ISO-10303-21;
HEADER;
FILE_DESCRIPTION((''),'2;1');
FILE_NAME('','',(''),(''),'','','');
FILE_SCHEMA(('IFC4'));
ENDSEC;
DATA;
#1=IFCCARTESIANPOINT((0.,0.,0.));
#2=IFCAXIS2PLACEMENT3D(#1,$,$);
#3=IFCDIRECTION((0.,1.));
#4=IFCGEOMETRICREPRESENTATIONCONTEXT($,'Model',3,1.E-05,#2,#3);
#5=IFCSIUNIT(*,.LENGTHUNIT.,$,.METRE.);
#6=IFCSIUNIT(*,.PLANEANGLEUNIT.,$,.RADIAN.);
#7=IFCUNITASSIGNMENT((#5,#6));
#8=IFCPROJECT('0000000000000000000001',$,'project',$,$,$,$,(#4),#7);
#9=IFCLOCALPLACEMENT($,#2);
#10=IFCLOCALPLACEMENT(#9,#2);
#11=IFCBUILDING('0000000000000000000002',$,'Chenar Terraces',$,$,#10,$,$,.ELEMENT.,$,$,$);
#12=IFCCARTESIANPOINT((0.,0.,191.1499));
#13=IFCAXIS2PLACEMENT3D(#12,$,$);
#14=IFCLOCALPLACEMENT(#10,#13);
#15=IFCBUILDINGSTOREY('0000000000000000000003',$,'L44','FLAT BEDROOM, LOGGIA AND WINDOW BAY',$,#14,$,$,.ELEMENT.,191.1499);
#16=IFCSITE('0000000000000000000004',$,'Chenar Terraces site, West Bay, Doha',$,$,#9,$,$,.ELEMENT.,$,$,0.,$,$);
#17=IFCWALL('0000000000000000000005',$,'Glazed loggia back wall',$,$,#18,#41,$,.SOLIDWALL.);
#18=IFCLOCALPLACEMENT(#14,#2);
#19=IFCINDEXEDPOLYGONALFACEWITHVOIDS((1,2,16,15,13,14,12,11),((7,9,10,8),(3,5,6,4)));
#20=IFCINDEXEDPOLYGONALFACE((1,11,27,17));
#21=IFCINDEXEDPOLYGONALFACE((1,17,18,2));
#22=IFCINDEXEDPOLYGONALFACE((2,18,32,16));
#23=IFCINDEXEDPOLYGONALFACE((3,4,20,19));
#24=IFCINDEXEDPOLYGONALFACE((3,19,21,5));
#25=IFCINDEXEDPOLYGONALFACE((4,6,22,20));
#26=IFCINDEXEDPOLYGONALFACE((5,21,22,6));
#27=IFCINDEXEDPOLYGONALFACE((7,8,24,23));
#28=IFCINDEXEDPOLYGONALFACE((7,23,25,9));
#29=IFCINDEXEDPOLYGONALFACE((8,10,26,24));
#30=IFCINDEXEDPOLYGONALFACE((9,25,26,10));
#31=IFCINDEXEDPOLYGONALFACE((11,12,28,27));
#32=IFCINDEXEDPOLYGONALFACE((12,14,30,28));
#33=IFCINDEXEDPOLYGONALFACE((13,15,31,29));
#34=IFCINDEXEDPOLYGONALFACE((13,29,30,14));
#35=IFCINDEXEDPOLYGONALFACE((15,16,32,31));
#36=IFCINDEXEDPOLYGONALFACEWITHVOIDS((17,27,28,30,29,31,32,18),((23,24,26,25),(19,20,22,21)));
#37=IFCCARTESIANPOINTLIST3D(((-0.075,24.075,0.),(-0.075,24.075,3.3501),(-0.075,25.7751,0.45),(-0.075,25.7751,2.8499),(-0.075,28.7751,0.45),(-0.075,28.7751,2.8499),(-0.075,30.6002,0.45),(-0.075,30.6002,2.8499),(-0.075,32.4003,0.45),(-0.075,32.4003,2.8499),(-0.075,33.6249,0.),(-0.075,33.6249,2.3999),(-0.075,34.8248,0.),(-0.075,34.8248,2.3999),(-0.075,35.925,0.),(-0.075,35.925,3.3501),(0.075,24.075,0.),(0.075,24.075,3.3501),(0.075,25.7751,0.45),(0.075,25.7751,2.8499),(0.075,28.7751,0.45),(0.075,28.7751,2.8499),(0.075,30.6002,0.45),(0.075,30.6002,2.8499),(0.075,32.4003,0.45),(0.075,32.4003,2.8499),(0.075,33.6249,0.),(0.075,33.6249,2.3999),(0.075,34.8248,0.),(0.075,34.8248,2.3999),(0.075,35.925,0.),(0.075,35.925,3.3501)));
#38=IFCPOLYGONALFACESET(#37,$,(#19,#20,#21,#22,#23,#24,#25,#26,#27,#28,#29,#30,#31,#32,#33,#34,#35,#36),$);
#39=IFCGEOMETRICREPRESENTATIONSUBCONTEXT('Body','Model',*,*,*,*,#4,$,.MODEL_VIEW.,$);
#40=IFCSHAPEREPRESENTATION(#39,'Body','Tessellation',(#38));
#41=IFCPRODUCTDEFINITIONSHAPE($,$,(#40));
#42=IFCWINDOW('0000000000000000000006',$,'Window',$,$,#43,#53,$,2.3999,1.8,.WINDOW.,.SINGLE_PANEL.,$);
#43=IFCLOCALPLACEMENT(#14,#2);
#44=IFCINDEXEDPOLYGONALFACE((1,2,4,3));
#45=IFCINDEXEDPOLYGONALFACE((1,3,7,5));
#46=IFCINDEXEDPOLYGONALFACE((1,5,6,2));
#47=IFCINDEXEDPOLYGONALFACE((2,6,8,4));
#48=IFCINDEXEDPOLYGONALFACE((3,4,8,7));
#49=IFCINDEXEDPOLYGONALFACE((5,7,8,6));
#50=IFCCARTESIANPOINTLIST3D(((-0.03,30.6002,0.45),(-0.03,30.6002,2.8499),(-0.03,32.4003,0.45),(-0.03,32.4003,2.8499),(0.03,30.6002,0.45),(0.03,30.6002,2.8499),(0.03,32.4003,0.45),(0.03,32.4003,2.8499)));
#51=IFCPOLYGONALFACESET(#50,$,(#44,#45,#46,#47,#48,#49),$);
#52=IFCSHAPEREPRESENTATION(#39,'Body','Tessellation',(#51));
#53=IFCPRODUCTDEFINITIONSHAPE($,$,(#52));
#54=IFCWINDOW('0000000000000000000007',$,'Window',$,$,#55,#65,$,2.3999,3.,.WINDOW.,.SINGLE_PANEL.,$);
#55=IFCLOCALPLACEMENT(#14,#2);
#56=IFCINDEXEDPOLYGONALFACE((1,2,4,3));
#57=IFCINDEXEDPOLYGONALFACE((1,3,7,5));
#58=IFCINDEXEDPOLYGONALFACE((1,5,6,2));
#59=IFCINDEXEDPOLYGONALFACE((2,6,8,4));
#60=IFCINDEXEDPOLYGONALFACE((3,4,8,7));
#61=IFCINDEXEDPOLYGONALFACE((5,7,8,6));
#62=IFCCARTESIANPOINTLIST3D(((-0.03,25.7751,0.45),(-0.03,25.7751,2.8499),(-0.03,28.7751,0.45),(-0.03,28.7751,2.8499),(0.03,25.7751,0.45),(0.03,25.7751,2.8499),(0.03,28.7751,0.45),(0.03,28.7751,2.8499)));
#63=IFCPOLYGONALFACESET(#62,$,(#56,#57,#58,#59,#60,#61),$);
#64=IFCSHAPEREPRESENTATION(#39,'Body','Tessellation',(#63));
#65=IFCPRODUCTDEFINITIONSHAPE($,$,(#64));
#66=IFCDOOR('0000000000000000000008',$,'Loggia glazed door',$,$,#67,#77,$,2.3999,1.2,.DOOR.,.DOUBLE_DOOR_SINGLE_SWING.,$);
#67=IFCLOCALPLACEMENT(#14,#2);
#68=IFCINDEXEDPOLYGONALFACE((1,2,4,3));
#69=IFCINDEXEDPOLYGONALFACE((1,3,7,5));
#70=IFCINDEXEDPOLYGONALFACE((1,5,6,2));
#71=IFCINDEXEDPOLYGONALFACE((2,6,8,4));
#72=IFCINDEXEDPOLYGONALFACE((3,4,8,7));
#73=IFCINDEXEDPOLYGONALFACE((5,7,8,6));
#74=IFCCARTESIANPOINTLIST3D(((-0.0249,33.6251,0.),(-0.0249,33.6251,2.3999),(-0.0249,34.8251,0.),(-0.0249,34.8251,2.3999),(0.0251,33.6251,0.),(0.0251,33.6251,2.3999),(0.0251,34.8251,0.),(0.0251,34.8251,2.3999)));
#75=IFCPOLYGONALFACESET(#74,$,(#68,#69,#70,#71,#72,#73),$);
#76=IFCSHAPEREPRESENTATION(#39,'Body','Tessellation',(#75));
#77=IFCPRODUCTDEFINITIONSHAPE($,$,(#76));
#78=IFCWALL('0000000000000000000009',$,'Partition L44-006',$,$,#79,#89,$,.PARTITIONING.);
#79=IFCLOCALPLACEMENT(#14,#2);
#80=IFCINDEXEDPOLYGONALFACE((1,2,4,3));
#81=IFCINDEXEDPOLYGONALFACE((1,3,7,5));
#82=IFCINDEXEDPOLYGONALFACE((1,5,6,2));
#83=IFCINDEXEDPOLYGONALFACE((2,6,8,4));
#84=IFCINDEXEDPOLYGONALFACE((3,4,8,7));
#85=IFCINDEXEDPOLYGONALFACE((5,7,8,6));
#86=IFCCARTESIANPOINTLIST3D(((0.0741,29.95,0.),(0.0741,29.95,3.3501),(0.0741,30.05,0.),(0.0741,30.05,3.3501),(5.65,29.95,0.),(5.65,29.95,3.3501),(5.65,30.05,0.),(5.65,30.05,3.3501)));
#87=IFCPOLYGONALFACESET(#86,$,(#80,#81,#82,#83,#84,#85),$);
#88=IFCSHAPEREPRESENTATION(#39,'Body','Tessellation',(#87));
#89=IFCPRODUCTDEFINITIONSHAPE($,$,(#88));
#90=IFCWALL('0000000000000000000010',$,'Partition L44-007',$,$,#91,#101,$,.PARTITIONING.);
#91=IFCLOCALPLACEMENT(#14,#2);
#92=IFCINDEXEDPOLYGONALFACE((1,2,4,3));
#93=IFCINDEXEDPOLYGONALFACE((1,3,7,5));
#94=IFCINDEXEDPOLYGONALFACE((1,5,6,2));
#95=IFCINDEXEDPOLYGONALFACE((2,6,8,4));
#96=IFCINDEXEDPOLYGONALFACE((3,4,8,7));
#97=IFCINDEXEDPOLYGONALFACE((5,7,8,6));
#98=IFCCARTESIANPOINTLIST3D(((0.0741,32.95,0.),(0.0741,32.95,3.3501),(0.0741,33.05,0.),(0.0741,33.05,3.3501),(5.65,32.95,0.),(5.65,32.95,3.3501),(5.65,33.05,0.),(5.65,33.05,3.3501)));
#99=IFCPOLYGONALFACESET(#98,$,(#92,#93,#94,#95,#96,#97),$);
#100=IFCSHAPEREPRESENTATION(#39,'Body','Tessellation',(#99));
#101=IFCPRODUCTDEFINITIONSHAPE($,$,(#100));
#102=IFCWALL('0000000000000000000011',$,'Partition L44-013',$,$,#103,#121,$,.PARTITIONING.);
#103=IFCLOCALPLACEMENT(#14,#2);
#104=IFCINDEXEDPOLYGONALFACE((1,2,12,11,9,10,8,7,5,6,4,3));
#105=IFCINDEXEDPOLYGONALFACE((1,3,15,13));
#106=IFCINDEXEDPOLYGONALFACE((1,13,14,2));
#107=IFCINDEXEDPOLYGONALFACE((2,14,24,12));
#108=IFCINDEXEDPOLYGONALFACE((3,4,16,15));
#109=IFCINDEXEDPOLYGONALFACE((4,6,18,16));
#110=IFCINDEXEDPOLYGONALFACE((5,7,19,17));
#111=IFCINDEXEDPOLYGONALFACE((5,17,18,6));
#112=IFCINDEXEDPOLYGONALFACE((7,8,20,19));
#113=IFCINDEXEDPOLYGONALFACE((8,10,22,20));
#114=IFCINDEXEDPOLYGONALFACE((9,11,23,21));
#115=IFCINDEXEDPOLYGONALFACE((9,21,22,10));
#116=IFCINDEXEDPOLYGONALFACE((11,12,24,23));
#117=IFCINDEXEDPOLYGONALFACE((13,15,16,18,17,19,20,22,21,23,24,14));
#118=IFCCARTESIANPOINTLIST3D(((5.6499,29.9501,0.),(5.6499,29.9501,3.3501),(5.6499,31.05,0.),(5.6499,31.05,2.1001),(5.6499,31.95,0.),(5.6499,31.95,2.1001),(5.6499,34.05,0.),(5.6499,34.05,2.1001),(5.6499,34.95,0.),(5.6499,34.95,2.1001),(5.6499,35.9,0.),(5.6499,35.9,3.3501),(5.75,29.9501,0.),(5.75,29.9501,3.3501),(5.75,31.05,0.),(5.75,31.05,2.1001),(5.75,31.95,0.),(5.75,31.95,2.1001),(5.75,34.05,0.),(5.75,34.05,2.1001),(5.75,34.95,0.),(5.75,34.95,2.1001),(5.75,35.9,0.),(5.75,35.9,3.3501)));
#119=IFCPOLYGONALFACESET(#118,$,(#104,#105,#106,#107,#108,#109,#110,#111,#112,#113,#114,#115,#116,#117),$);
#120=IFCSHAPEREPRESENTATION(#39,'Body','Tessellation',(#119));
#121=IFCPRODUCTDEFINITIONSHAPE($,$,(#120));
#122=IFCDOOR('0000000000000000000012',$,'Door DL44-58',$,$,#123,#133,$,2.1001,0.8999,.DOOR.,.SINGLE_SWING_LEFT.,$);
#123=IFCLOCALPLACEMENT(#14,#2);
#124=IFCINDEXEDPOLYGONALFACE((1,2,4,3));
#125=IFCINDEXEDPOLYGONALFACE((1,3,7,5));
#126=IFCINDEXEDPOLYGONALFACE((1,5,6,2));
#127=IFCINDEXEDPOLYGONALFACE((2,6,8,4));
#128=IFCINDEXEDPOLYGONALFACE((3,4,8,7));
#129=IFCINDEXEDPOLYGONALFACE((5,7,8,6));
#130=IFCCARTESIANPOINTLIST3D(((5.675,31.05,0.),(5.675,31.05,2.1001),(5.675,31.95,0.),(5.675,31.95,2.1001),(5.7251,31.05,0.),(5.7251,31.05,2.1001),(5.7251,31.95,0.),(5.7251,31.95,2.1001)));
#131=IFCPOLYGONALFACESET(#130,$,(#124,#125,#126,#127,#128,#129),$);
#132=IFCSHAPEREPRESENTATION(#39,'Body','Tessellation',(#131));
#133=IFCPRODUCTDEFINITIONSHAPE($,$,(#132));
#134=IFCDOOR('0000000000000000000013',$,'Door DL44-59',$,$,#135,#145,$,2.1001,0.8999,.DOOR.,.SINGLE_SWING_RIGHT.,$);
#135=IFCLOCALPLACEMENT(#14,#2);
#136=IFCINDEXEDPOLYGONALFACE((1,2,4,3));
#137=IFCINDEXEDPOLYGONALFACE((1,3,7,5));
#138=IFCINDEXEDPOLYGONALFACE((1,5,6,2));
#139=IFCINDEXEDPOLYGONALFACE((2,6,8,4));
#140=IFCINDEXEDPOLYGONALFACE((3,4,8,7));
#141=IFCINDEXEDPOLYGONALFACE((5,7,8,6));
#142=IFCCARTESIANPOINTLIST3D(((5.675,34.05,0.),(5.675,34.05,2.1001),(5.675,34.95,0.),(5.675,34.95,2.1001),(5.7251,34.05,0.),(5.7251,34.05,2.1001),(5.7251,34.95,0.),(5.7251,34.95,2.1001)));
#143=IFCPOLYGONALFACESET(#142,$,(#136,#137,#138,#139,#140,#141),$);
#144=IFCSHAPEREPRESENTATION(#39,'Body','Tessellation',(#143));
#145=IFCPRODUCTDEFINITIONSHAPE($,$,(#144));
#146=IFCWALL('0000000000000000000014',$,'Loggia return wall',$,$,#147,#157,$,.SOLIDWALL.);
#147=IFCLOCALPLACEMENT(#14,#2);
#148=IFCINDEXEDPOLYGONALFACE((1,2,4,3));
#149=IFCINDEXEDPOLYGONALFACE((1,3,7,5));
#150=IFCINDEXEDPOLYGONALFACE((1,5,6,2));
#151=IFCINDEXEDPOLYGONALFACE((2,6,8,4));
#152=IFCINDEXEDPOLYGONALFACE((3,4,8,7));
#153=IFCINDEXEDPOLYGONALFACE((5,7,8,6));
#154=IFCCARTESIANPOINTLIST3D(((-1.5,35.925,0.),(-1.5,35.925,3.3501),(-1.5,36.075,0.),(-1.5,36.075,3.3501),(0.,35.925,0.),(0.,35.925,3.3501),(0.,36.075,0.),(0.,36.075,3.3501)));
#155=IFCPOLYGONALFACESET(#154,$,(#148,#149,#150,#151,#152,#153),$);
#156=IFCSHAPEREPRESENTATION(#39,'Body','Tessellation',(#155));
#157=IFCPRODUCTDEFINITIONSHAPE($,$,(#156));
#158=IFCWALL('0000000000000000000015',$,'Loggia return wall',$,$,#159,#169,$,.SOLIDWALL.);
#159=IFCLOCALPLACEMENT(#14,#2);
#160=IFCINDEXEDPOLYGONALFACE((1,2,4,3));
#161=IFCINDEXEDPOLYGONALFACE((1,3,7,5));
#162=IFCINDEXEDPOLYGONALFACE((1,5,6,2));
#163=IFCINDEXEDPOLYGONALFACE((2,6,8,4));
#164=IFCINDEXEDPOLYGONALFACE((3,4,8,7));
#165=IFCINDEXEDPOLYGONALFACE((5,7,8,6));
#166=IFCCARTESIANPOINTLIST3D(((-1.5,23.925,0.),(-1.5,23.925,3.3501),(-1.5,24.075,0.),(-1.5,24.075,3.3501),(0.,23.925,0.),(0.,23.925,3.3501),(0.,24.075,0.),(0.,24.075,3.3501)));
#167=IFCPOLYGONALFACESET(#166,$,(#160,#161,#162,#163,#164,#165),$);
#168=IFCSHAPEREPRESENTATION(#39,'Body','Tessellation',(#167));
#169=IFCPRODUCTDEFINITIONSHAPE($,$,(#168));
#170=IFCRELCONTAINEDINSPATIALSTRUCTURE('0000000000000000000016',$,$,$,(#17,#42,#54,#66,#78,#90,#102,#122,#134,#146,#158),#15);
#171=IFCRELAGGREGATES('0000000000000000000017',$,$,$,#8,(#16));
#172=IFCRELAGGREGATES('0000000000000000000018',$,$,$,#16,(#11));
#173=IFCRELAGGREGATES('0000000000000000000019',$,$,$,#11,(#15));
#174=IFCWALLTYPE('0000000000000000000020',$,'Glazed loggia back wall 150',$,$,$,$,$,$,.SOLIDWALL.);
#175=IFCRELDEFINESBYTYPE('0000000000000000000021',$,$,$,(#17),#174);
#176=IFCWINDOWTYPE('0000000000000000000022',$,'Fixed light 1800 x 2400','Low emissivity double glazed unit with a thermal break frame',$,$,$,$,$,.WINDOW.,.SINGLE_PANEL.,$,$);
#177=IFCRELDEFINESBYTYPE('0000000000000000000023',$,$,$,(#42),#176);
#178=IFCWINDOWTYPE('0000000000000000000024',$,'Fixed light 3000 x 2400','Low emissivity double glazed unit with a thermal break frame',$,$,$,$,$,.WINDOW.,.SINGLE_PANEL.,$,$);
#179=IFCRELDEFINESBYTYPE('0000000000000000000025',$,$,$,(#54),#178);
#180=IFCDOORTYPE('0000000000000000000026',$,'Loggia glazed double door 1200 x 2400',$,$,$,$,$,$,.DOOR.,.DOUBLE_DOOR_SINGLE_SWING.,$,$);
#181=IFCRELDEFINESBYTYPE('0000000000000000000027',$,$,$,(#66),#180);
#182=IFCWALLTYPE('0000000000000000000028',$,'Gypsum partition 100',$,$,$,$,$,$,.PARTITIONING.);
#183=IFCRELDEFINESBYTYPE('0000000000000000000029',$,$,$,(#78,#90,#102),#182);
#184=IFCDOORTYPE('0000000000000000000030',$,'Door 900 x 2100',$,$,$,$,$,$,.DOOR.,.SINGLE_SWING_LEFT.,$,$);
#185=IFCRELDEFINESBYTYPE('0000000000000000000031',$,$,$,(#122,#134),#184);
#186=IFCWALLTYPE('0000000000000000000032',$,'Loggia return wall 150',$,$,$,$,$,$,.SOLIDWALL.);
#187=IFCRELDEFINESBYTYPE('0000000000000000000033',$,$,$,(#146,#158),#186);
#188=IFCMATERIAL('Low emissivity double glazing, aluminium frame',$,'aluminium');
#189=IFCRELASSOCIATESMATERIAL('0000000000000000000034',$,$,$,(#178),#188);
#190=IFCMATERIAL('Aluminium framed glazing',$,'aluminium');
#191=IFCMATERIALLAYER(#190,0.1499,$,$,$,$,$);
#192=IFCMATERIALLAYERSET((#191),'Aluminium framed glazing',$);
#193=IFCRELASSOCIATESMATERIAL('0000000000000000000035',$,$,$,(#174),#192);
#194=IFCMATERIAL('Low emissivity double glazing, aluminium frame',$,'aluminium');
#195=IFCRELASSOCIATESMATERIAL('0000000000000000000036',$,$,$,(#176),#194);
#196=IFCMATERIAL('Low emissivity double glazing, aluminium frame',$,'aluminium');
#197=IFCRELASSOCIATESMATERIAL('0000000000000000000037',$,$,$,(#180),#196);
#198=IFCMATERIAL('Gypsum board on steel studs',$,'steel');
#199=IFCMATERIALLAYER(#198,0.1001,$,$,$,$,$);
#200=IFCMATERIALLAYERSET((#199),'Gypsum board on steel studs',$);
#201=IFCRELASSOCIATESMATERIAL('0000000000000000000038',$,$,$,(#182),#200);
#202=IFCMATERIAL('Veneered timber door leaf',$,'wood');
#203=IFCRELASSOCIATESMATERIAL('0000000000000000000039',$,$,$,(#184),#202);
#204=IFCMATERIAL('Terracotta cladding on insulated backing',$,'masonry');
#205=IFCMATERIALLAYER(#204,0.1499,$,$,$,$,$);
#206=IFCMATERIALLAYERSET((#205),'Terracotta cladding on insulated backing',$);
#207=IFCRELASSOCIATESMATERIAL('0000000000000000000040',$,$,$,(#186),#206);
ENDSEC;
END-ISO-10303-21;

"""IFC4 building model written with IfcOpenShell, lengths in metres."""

from ifc_helpers import new_model, si_unit, direction, frame, frame_2d, origin, place, context, subcontext, project, spatial, rectangle, extrude, material, layer, layer_set, type_object, element, fill, save


model = new_model("IFC4")

# Units and contexts
model_context = context("Model", 3, precision=1e-05, world=origin(), true_north=direction((0.0, 1.0)))
body_context = subcontext(model_context, "Body", "Model", "MODEL_VIEW")
ifc_project = project(units=[si_unit("LENGTHUNIT", "METRE"), si_unit("PLANEANGLEUNIT", "RADIAN")], contexts=[model_context])

# Site, building, storey
site_placement = place(None, origin())
site = spatial("IfcSite", under=ifc_project, at=site_placement, Name="Chenar Terraces site, West Bay, Doha", CompositionType="ELEMENT", RefElevation=0.0)
building_placement = place(site_placement, origin())
building = spatial("IfcBuilding", under=site, at=building_placement, Name="Chenar Terraces", CompositionType="ELEMENT")
storey_placement = place(building_placement, frame((0.0, 0.0, 191.1499)))
storey = spatial("IfcBuildingStorey", under=building, at=storey_placement, Name="L44", Description="FLAT BEDROOM, LOGGIA AND WINDOW BAY", CompositionType="ELEMENT", Elevation=191.1499)

# Shared definitions
ifc_material_1 = material(Name="Low emissivity double glazing, aluminium frame", Category="aluminium")
window_type_1 = type_object("IfcWindowType", Name="Fixed light 3000 x 2400", Description="Low emissivity double glazed unit with a thermal break frame", PartitioningType="SINGLE_PANEL", PredefinedType="WINDOW", material=ifc_material_1)

# Wall, openings, windows, door
ifc_material_2 = material(Name="Aluminium framed glazing", Category="aluminium")
ifc_layer_1 = layer(ifc_material_2, 0.1499)
ifc_layer_set_1 = layer_set([ifc_layer_1], Name="Aluminium framed glazing")
wall_type_1 = type_object("IfcWallType", Name="Glazed loggia back wall 150", PredefinedType="SOLIDWALL", material=ifc_layer_set_1)
wall_1_placement = place(storey_placement, frame((0.0, 35.925, 0.0), z_axis=(0.0, 0.0, 1.0), x_axis=(0.0, -1.0, 0.0)))
wall_1 = element("IfcWall", 1, at=wall_1_placement, inside=storey, type_object=wall_type_1, Name="Glazed loggia back wall", PredefinedType="SOLIDWALL", context=body_context, shape_type="SweptSolid", body=[
    extrude(rectangle(XDim=11.8501, YDim=0.1499, at=frame_2d((5.925, 0.0))), origin(), (0.0, 0.0, 1.0), 3.3501),
])
opening_1_placement = place(wall_1_placement, frame((1.1001, 0.0, 0.0)))
opening_1 = element("IfcOpeningElement", 2, at=opening_1_placement, cuts=wall_1, PredefinedType="OPENING", context=body_context, shape_type="SweptSolid", body=[
    extrude(rectangle(XDim=1.2, YDim=2.3999, at=frame_2d((0.6001, 1.2))), frame((0.0, 0.085, 0.0), z_axis=(0.0, -1.0, 0.0), x_axis=(1.0, 0.0, 0.0)), (0.0, 0.0, 1.0), 0.1699),
])
opening_2_placement = place(wall_1_placement, frame((3.5249, 0.0, 0.45)))
opening_2 = element("IfcOpeningElement", 3, at=opening_2_placement, cuts=wall_1, PredefinedType="OPENING", context=body_context, shape_type="SweptSolid", body=[
    extrude(rectangle(XDim=1.8, YDim=2.3999, at=frame_2d((0.8999, 1.2))), frame((0.0, 0.085, 0.0), z_axis=(0.0, -1.0, 0.0), x_axis=(1.0, 0.0, 0.0)), (0.0, 0.0, 1.0), 0.1699),
])
opening_3_placement = place(wall_1_placement, frame((7.1499, 0.0, 0.45)))
opening_3 = element("IfcOpeningElement", 4, at=opening_3_placement, cuts=wall_1, PredefinedType="OPENING", context=body_context, shape_type="SweptSolid", body=[
    extrude(rectangle(XDim=3.0, YDim=2.3999, at=frame_2d((1.5, 1.2))), frame((0.0, 0.085, 0.0), z_axis=(0.0, -1.0, 0.0), x_axis=(1.0, 0.0, 0.0)), (0.0, 0.0, 1.0), 0.1699),
])
ifc_material_3 = material(Name="Low emissivity double glazing, aluminium frame", Category="aluminium")
window_type_2 = type_object("IfcWindowType", Name="Fixed light 1800 x 2400", Description="Low emissivity double glazed unit with a thermal break frame", PartitioningType="SINGLE_PANEL", PredefinedType="WINDOW", material=ifc_material_3)
window_1_placement = place(opening_2_placement, origin())
window_1 = element("IfcWindow", 5, at=window_1_placement, inside=storey, type_object=window_type_2, Name="Window", OverallHeight=2.3999, OverallWidth=1.8, PartitioningType="SINGLE_PANEL", PredefinedType="WINDOW", context=body_context, shape_type="SweptSolid", body=[
    extrude(rectangle(XDim=1.8, YDim=2.3999, at=frame_2d((0.8999, 1.2))), frame((0.0, 0.03, 0.0), z_axis=(0.0, -1.0, 0.0), x_axis=(1.0, 0.0, 0.0)), (0.0, 0.0, 1.0), 0.0601),
])
fill(opening_2, window_1)
window_2_placement = place(opening_3_placement, origin())
window_2 = element("IfcWindow", 6, at=window_2_placement, inside=storey, type_object=window_type_1, Name="Window", OverallHeight=2.3999, OverallWidth=3.0, PartitioningType="SINGLE_PANEL", PredefinedType="WINDOW", context=body_context, shape_type="SweptSolid", body=[
    extrude(rectangle(XDim=3.0, YDim=2.3999, at=frame_2d((1.5, 1.2))), frame((0.0, 0.03, 0.0), z_axis=(0.0, -1.0, 0.0), x_axis=(1.0, 0.0, 0.0)), (0.0, 0.0, 1.0), 0.0601),
])
fill(opening_3, window_2)
ifc_material_4 = material(Name="Low emissivity double glazing, aluminium frame", Category="aluminium")
door_type_1 = type_object("IfcDoorType", Name="Loggia glazed double door 1200 x 2400", OperationType="DOUBLE_DOOR_SINGLE_SWING", PredefinedType="DOOR", material=ifc_material_4)
door_1_placement = place(opening_1_placement, frame((1.2, 0.0, 0.0), z_axis=(0.0, 0.0, 1.0), x_axis=(-1.0, 0.0, 0.0)))
door_1 = element("IfcDoor", 7, at=door_1_placement, inside=storey, type_object=door_type_1, Name="Loggia glazed door", OperationType="DOUBLE_DOOR_SINGLE_SWING", OverallHeight=2.3999, OverallWidth=1.2, PredefinedType="DOOR", context=body_context, shape_type="SweptSolid", body=[
    extrude(rectangle(XDim=1.2, YDim=2.3999, at=frame_2d((0.6001, 1.2))), frame((0.0, 0.0249, 0.0), z_axis=(0.0, -1.0, 0.0), x_axis=(1.0, 0.0, 0.0)), (0.0, 0.0, 1.0), 0.05),
])
fill(opening_1, door_1)

# Walls
ifc_material_5 = material(Name="Gypsum board on steel studs", Category="steel")
ifc_layer_2 = layer(ifc_material_5, 0.1001)
ifc_layer_set_2 = layer_set([ifc_layer_2], Name="Gypsum board on steel studs")
wall_type_2 = type_object("IfcWallType", Name="Gypsum partition 100", PredefinedType="PARTITIONING", material=ifc_layer_set_2)
for number, where, z_axis, x_axis, name in (
    (8, (0.074, 30.0, 0.0), (0.0, 0.0, 1.0), (1.0, 0.0, 0.0), "Partition L44-006"),
    (9, (0.074, 33.0, 0.0), (0.0, 0.0, 1.0), (1.0, 0.0, 0.0), "Partition L44-007"),
):
    element("IfcWall", number, at=place(storey_placement, frame(where, z_axis=z_axis, x_axis=x_axis)), inside=storey, type_object=wall_type_2, Name=name, PredefinedType="PARTITIONING", context=body_context, shape_type="SweptSolid", body=[
        extrude(rectangle(XDim=5.5759, YDim=0.1001, at=frame_2d((2.7881, 0.0))), origin(), (0.0, 0.0, 1.0), 3.3501),
    ])

# Wall, openings, doors
wall_2_placement = place(storey_placement, frame((5.7, 29.95, 0.0), z_axis=(0.0, 0.0, 1.0), x_axis=(0.0, 1.0, 0.0)))
wall_2 = element("IfcWall", 10, at=wall_2_placement, inside=storey, type_object=wall_type_2, Name="Partition L44-013", PredefinedType="PARTITIONING", context=body_context, shape_type="SweptSolid", body=[
    extrude(rectangle(XDim=5.95, YDim=0.1001, at=frame_2d((2.9751, 0.0))), origin(), (0.0, 0.0, 1.0), 3.3501),
])
opening_4_placement = place(wall_2_placement, frame((1.1001, 0.0, 0.0)))
opening_4 = element("IfcOpeningElement", 11, at=opening_4_placement, cuts=wall_2, PredefinedType="OPENING", context=body_context, shape_type="SweptSolid", body=[
    extrude(rectangle(XDim=0.8999, YDim=2.1001, at=frame_2d((0.45, 1.05))), frame((0.0, 0.0601, 0.0), z_axis=(0.0, -1.0, 0.0), x_axis=(1.0, 0.0, 0.0)), (0.0, 0.0, 1.0), 0.1201),
])
opening_5_placement = place(wall_2_placement, frame((4.1001, 0.0, 0.0)))
opening_5 = element("IfcOpeningElement", 12, at=opening_5_placement, cuts=wall_2, PredefinedType="OPENING", context=body_context, shape_type="SweptSolid", body=[
    extrude(rectangle(XDim=0.8999, YDim=2.1001, at=frame_2d((0.45, 1.05))), frame((0.0, 0.0601, 0.0), z_axis=(0.0, -1.0, 0.0), x_axis=(1.0, 0.0, 0.0)), (0.0, 0.0, 1.0), 0.1201),
])
ifc_material_6 = material(Name="Veneered timber door leaf", Category="wood")
door_type_2 = type_object("IfcDoorType", Name="Door 900 x 2100", OperationType="SINGLE_SWING_LEFT", PredefinedType="DOOR", material=ifc_material_6)
door_2_placement = place(opening_4_placement, origin())
door_2 = element("IfcDoor", 13, at=door_2_placement, inside=storey, type_object=door_type_2, Name="Door DL44-58", OperationType="SINGLE_SWING_LEFT", OverallHeight=2.1001, OverallWidth=0.8999, PredefinedType="DOOR", context=body_context, shape_type="SweptSolid", body=[
    extrude(rectangle(XDim=0.8999, YDim=2.1001, at=frame_2d((0.45, 1.05))), frame((0.0, 0.0249, 0.0), z_axis=(0.0, -1.0, 0.0), x_axis=(1.0, 0.0, 0.0)), (0.0, 0.0, 1.0), 0.05),
])
fill(opening_4, door_2)
door_3_placement = place(opening_5_placement, origin())
door_3 = element("IfcDoor", 14, at=door_3_placement, inside=storey, type_object=door_type_2, Name="Door DL44-59", OperationType="SINGLE_SWING_RIGHT", OverallHeight=2.1001, OverallWidth=0.8999, PredefinedType="DOOR", context=body_context, shape_type="SweptSolid", body=[
    extrude(rectangle(XDim=0.8999, YDim=2.1001, at=frame_2d((0.45, 1.05))), frame((0.0, 0.0249, 0.0), z_axis=(0.0, -1.0, 0.0), x_axis=(1.0, 0.0, 0.0)), (0.0, 0.0, 1.0), 0.05),
])
fill(opening_5, door_3)

# Walls
ifc_material_7 = material(Name="Terracotta cladding on insulated backing", Category="masonry")
ifc_layer_3 = layer(ifc_material_7, 0.1499)
ifc_layer_set_3 = layer_set([ifc_layer_3], Name="Terracotta cladding on insulated backing")
wall_type_3 = type_object("IfcWallType", Name="Loggia return wall 150", PredefinedType="SOLIDWALL", material=ifc_layer_set_3)
for number, where, z_axis, x_axis, name in (
    (15, (-1.5, 36.0, 0.0), (0.0, 0.0, 1.0), (1.0, 0.0, 0.0), "Loggia return wall"),
    (16, (-1.5, 24.0, 0.0), (0.0, 0.0, 1.0), (1.0, 0.0, 0.0), "Loggia return wall"),
):
    element("IfcWall", number, at=place(storey_placement, frame(where, z_axis=z_axis, x_axis=x_axis)), inside=storey, type_object=wall_type_3, Name=name, PredefinedType="SOLIDWALL", context=body_context, shape_type="SweptSolid", body=[
        extrude(rectangle(XDim=1.5, YDim=0.1499, at=frame_2d((0.75, 0.0))), origin(), (0.0, 0.0, 1.0), 3.3501),
    ])

save(model, "model.ifc")
